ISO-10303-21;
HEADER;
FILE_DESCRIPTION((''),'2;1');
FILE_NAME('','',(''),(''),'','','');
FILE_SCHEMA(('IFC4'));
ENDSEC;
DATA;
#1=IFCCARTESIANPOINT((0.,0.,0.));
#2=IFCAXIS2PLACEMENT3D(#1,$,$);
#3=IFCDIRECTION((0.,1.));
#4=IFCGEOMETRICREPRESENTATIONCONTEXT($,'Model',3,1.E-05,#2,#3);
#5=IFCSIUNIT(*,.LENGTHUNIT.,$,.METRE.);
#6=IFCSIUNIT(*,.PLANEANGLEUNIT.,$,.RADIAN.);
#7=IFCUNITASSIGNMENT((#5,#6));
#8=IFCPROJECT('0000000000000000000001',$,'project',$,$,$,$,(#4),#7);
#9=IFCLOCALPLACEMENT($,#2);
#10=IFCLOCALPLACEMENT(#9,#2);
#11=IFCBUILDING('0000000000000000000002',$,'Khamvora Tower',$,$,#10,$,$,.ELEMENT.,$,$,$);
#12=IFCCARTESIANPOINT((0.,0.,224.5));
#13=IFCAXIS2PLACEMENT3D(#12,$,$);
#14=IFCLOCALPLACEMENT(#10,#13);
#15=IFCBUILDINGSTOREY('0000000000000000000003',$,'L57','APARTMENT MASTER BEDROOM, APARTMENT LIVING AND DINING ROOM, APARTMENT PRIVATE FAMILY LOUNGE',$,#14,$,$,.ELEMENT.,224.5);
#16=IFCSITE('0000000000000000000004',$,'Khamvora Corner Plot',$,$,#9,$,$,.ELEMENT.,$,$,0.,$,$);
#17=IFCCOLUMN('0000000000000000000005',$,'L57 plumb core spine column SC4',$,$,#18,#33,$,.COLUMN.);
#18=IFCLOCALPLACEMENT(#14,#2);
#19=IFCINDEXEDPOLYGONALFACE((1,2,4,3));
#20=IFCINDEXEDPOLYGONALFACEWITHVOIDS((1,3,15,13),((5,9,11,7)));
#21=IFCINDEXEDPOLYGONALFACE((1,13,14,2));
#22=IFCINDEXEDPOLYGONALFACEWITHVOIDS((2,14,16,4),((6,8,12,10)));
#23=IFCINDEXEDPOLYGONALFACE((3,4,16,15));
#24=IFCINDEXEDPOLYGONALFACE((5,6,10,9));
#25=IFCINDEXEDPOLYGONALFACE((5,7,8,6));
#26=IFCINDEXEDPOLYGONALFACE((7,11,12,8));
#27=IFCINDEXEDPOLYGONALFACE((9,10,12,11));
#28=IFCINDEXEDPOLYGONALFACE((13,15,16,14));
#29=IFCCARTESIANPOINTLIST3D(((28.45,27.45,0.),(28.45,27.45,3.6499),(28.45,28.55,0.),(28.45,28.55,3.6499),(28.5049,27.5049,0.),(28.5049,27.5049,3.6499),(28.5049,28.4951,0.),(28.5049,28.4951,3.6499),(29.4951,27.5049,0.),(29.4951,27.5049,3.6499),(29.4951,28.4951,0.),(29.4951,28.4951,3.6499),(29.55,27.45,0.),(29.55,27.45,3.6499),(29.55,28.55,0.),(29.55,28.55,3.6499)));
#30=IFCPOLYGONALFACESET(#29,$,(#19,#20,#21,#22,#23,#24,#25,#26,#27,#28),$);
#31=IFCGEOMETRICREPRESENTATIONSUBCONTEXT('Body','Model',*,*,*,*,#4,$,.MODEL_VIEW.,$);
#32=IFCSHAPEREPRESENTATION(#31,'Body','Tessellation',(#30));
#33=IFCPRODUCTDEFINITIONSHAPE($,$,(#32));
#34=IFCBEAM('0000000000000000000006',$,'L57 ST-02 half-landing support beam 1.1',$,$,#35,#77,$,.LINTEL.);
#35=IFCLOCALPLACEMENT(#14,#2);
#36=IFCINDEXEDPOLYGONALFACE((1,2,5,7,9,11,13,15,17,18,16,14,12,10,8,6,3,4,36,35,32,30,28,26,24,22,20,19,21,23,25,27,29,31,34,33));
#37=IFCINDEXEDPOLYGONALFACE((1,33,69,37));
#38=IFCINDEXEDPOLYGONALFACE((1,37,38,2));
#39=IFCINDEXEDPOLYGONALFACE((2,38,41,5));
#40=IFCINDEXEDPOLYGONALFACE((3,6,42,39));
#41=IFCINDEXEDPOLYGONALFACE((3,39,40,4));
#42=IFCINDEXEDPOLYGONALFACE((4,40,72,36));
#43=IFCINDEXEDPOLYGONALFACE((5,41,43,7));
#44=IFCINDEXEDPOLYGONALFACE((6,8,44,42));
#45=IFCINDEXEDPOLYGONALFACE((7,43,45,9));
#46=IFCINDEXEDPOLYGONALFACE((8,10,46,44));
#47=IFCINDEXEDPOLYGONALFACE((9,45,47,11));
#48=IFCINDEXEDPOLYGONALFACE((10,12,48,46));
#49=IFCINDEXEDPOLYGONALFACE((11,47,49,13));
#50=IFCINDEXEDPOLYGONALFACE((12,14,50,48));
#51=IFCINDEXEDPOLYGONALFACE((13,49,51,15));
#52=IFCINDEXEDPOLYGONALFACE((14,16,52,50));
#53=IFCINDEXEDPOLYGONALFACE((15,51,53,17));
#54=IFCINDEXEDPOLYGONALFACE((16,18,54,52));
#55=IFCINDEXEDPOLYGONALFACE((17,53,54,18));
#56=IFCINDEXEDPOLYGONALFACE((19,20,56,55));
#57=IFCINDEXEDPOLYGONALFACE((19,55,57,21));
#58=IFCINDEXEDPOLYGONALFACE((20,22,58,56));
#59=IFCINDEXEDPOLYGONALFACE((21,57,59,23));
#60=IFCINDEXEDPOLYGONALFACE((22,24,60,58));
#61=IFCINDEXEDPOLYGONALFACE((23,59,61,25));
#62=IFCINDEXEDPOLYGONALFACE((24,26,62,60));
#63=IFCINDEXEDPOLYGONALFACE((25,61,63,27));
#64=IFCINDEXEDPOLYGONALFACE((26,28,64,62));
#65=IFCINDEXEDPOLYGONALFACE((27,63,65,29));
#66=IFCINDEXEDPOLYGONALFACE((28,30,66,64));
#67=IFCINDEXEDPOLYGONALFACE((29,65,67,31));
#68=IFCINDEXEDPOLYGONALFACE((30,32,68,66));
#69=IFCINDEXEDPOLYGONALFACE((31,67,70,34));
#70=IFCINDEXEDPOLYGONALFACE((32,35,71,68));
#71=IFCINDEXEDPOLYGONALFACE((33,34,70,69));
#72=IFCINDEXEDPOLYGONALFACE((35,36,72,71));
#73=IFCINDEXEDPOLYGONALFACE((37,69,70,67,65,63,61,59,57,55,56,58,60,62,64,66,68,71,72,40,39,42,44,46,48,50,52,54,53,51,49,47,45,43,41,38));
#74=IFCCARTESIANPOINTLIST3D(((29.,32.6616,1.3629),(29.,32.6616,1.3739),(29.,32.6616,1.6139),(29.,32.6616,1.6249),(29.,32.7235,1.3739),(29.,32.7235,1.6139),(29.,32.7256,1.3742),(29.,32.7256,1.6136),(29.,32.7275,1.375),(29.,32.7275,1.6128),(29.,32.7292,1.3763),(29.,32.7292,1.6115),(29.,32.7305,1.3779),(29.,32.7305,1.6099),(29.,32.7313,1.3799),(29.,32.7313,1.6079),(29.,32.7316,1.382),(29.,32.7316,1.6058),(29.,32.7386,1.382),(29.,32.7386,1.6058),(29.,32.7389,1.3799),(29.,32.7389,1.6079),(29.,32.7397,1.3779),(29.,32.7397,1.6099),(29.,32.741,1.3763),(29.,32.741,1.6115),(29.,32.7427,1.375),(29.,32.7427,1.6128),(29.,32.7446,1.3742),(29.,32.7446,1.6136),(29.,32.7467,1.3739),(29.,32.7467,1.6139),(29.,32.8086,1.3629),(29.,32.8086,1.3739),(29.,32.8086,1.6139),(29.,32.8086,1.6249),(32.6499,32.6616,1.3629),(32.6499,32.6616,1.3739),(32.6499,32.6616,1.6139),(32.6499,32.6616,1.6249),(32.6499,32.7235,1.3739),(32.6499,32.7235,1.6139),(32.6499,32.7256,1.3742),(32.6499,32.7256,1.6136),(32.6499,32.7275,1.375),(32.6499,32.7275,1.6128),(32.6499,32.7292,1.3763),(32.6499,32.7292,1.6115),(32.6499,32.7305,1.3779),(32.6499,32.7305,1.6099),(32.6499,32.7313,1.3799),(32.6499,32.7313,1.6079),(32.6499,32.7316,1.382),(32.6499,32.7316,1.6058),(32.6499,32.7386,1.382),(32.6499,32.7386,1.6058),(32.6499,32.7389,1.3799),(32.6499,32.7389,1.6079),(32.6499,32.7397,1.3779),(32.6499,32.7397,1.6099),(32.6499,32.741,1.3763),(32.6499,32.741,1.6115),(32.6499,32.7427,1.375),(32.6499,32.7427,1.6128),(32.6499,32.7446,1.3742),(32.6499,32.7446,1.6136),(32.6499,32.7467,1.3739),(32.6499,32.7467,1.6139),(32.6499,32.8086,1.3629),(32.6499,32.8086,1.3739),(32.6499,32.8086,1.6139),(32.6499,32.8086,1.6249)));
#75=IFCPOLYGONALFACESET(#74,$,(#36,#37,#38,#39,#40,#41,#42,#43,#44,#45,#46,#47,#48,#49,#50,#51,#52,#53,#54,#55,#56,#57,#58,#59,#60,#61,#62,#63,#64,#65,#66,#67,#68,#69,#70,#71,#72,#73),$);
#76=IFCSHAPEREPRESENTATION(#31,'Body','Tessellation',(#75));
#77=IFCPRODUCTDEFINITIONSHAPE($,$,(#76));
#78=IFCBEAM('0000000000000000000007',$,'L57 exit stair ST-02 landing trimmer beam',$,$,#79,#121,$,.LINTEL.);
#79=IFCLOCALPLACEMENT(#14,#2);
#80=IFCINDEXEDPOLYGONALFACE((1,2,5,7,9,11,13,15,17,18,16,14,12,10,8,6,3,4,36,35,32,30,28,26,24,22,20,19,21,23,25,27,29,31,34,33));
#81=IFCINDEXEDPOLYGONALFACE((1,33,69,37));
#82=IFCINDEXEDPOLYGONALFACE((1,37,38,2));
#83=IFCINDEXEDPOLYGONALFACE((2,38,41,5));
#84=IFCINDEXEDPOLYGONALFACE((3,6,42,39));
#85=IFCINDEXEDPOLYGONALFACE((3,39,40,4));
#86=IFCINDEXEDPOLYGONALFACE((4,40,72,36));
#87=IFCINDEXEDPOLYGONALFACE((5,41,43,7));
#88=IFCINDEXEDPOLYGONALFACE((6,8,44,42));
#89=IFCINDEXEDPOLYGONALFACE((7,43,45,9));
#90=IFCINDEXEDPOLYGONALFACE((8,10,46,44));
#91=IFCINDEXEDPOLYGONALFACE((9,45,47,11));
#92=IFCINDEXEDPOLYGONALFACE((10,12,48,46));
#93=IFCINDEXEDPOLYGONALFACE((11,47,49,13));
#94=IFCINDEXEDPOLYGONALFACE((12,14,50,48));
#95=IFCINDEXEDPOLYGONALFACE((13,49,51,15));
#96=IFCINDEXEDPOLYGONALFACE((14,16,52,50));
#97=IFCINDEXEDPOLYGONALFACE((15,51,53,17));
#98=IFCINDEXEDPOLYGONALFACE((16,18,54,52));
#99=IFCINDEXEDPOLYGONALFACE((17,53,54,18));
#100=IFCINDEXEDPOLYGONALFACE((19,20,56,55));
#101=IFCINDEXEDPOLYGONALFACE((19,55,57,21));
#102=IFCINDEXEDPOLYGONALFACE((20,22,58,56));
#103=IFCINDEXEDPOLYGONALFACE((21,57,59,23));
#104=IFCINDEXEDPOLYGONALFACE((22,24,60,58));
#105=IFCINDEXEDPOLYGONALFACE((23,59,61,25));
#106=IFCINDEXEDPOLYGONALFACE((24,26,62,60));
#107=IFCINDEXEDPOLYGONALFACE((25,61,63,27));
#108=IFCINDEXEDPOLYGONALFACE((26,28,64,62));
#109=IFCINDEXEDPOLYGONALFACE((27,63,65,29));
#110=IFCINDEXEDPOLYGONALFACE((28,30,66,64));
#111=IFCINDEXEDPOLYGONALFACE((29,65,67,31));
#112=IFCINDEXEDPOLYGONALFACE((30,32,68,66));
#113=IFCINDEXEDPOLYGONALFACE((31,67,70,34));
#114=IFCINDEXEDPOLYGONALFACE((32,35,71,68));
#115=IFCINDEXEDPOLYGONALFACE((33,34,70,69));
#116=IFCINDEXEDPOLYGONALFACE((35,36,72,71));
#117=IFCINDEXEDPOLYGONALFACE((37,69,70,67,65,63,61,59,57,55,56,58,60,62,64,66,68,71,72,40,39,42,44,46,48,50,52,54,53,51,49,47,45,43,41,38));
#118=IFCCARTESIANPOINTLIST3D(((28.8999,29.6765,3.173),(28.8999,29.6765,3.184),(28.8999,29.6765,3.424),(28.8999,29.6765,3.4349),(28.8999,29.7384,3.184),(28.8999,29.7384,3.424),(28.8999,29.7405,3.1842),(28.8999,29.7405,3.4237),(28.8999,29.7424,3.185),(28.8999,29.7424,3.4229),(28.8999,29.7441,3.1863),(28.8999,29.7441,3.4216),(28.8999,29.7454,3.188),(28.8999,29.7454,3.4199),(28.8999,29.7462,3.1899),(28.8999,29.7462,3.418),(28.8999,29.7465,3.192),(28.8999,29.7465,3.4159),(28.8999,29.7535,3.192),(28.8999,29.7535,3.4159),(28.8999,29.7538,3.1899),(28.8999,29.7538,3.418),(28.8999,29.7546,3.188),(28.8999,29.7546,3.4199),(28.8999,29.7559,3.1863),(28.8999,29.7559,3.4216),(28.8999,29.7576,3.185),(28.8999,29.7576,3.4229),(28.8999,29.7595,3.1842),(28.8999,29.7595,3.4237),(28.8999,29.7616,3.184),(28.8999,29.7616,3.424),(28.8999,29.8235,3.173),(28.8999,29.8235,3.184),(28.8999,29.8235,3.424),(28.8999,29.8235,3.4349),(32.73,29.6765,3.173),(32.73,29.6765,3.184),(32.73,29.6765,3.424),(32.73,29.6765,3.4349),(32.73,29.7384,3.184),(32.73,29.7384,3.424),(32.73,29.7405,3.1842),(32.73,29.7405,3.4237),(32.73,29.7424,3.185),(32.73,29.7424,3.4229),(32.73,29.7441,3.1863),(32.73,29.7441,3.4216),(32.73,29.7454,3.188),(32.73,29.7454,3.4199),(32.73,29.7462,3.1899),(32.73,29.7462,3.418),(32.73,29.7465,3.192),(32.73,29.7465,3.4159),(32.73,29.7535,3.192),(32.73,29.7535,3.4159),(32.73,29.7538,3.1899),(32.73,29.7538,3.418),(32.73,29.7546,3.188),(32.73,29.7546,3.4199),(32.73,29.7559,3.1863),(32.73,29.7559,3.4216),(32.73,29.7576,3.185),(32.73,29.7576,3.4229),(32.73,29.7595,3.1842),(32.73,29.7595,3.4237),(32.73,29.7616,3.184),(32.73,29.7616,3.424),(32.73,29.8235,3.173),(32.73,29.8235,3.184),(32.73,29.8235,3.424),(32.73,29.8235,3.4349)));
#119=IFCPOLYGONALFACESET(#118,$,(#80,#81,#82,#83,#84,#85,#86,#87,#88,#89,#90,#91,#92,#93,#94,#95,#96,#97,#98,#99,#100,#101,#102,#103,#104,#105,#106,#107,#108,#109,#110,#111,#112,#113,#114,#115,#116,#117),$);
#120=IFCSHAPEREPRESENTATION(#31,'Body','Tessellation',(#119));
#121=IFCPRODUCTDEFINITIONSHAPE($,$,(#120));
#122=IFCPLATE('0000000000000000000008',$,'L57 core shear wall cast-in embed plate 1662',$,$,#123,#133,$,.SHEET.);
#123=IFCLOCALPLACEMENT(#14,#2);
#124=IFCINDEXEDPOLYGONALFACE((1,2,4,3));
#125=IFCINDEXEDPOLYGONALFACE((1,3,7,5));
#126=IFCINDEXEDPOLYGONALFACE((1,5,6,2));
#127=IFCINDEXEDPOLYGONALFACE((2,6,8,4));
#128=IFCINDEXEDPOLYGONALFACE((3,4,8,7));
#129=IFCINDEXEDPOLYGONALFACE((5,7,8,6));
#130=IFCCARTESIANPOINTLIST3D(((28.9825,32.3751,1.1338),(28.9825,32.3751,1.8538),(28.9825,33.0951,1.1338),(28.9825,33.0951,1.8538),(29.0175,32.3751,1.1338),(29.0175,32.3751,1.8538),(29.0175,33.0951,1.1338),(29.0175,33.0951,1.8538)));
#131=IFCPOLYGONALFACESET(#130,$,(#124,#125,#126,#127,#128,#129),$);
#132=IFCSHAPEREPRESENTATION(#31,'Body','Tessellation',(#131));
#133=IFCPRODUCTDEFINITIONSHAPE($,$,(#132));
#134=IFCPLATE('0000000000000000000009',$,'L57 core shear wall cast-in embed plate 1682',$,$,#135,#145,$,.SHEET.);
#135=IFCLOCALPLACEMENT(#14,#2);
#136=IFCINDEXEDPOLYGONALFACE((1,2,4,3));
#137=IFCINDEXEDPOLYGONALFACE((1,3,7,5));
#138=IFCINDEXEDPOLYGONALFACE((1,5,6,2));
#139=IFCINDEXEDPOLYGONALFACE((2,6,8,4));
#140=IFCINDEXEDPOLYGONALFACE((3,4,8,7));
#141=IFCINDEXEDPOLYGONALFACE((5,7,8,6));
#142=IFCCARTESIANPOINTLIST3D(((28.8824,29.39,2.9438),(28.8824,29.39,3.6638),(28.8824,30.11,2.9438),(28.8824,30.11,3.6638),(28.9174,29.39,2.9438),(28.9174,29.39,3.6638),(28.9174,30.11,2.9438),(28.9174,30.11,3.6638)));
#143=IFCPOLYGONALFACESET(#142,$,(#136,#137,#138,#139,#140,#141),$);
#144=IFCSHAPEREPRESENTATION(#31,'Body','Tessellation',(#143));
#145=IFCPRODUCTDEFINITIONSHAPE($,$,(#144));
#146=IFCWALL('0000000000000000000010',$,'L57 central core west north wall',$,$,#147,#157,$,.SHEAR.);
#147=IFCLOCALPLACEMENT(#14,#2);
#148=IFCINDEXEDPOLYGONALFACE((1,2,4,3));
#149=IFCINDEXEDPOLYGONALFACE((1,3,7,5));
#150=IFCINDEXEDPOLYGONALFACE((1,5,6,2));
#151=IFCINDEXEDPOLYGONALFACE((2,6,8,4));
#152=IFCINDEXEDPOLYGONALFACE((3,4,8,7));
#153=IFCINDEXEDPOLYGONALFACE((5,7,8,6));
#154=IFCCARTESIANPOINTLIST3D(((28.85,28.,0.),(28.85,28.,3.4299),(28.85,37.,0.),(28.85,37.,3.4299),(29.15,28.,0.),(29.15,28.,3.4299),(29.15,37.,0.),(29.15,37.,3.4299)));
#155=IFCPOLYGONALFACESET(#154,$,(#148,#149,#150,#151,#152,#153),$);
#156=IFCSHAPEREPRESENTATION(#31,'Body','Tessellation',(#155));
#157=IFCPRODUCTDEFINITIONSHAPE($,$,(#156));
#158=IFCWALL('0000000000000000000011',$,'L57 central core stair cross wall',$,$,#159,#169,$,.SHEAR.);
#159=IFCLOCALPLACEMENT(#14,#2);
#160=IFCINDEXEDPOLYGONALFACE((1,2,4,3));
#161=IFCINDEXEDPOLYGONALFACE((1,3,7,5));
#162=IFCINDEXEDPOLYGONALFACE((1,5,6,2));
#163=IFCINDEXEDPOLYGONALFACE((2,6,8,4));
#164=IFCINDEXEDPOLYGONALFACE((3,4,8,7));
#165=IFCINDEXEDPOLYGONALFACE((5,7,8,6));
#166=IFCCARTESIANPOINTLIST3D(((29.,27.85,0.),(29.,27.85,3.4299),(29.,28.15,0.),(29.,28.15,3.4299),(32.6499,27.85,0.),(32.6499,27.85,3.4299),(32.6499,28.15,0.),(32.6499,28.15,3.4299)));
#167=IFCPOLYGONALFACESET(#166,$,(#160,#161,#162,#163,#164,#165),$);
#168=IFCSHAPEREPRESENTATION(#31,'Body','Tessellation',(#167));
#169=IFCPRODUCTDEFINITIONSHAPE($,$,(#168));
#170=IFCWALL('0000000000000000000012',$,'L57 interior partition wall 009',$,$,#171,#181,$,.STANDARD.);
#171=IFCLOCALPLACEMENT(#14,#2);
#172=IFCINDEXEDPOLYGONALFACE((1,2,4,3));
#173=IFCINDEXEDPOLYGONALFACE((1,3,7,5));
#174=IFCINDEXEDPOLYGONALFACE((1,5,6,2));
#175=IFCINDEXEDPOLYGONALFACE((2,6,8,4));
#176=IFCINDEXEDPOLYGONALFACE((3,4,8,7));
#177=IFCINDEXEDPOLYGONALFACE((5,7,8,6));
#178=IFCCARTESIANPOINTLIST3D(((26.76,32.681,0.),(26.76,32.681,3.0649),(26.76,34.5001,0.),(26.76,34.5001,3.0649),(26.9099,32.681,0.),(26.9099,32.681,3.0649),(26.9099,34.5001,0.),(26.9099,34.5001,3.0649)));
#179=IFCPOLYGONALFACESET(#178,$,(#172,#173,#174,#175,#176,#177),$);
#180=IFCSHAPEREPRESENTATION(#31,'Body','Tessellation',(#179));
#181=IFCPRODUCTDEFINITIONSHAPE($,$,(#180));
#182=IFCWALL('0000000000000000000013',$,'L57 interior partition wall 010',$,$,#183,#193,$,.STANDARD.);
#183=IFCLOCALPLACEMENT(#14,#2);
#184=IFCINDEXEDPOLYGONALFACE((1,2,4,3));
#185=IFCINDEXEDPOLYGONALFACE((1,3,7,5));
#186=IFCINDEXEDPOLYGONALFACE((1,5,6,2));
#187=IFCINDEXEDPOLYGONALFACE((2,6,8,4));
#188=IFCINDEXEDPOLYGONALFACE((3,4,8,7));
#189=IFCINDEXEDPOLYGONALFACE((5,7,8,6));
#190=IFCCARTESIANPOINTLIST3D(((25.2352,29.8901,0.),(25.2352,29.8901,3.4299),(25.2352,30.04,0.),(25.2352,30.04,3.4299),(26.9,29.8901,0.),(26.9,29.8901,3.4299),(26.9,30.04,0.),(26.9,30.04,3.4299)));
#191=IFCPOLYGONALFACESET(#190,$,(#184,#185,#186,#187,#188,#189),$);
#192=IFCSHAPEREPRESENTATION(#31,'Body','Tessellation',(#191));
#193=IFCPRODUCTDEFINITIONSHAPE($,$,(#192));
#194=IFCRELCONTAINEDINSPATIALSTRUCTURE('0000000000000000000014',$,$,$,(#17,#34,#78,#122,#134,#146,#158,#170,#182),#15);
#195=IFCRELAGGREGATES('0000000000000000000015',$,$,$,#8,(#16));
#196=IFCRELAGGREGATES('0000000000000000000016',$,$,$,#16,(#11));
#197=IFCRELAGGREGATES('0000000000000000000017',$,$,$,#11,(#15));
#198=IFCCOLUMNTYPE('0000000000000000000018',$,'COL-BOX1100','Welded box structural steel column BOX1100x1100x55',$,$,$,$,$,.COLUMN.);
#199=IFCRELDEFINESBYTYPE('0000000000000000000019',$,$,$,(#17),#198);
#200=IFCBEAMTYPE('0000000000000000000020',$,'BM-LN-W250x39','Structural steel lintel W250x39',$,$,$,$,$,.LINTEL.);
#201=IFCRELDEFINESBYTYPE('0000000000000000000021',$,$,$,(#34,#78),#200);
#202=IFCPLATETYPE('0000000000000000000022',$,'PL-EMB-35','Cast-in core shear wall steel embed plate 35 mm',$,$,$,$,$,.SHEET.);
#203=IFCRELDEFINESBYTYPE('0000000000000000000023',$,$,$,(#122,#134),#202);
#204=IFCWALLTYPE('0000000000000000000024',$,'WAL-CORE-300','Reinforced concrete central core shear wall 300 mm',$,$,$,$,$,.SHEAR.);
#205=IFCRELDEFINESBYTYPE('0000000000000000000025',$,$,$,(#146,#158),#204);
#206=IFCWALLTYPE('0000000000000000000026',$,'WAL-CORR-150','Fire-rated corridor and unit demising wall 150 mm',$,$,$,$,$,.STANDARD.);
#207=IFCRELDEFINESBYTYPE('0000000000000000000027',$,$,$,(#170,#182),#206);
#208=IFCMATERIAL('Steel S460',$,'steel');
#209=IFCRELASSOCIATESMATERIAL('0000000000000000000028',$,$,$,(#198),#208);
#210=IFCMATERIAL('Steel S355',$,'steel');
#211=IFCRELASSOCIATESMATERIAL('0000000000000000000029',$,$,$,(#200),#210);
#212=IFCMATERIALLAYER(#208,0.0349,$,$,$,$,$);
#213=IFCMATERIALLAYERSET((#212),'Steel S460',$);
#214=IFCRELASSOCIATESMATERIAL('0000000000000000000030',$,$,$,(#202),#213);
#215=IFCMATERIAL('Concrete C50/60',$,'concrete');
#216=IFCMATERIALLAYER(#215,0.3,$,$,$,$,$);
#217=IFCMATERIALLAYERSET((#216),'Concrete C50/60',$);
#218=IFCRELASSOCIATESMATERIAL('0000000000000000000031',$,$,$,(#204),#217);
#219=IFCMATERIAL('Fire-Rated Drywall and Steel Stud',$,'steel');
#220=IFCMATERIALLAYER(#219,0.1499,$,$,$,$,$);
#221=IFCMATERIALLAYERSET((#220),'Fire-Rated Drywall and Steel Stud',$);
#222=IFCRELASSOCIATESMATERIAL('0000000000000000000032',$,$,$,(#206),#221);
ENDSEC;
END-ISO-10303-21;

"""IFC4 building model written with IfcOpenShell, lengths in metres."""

from ifc_helpers import new_model, si_unit, direction, frame, frame_2d, origin, origin_2d, place, context, subcontext, project, spatial, rectangle, hollow_rectangle, i_section, extrude, material, layer, layer_set, material_profile, profile_set, type_object, element, save


model = new_model("IFC4")

# Units and contexts
model_context = context("Model", 3, precision=1e-05, world=origin(), true_north=direction((0.0, 1.0)))
body_context = subcontext(model_context, "Body", "Model", "MODEL_VIEW")
ifc_project = project(units=[si_unit("LENGTHUNIT", "METRE"), si_unit("PLANEANGLEUNIT", "RADIAN")], contexts=[model_context])

# Site, building, storey
site_placement = place(None, origin())
site = spatial("IfcSite", under=ifc_project, at=site_placement, Name="Khamvora Corner Plot", CompositionType="ELEMENT", RefElevation=0.0)
building_placement = place(site_placement, origin())
building = spatial("IfcBuilding", under=site, at=building_placement, Name="Khamvora Tower", CompositionType="ELEMENT")
storey_placement = place(building_placement, frame((0.0, 0.0, 224.5)))
storey = spatial("IfcBuildingStorey", under=building, at=storey_placement, Name="L57", Description="APARTMENT MASTER BEDROOM, APARTMENT LIVING AND DINING ROOM, APARTMENT PRIVATE FAMILY LOUNGE", CompositionType="ELEMENT", Elevation=224.5)

# Column
ifc_material_1 = material(Name="Steel S460", Category="steel")
ifc_material_profile_1 = material_profile(ifc_material_1, hollow_rectangle(XDim=1.1001, YDim=1.1001, WallThickness=0.0549, at=origin_2d()), Name="BOX1100x1100x55")
ifc_profile_set_1 = profile_set([ifc_material_profile_1], Name="Steel S460")
column_type = type_object("IfcColumnType", Name="COL-BOX1100", Description="Welded box structural steel column BOX1100x1100x55", PredefinedType="COLUMN", material=ifc_profile_set_1)
column_placement = place(storey_placement, frame((29.0, 28.0, 0.0), z_axis=(0.0, 0.0, 1.0), x_axis=(1.0, 0.0, 0.0)))
element("IfcColumn", 1, at=column_placement, inside=storey, type_object=column_type, Name="L57 plumb core spine column SC4", PredefinedType="COLUMN", context=body_context, shape_type="SweptSolid", body=[
    extrude(hollow_rectangle(XDim=1.1001, YDim=1.1001, WallThickness=0.0549, at=origin_2d()), origin(), (0.0, 0.0, 1.0), 3.6499),
])

# Beams
ifc_material_2 = material(Name="Steel S355", Category="steel")
ifc_material_profile_2 = material_profile(ifc_material_2, i_section(OverallWidth=0.147, OverallDepth=0.262, WebThickness=0.0071, FlangeThickness=0.011, FilletRadius=0.0081, at=origin_2d()), Name="W250x39")
ifc_profile_set_2 = profile_set([ifc_material_profile_2], Name="Steel S355")
beam_type = type_object("IfcBeamType", Name="BM-LN-W250x39", Description="Structural steel lintel W250x39", PredefinedType="LINTEL", material=ifc_profile_set_2)
beam_1_placement = place(storey_placement, frame((29.0, 32.7351, 1.4939), z_axis=(1.0, 0.0, 0.0), x_axis=(0.0, 1.0, 0.0)))
element("IfcBeam", 2, at=beam_1_placement, inside=storey, type_object=beam_type, Name="L57 ST-02 half-landing support beam 1.1", PredefinedType="LINTEL", context=body_context, shape_type="SweptSolid", body=[
    extrude(i_section(OverallWidth=0.147, OverallDepth=0.262, WebThickness=0.0071, FlangeThickness=0.011, FilletRadius=0.0081, at=origin_2d()), origin(), (0.0, 0.0, 1.0), 3.6499),
])
beam_2_placement = place(storey_placement, frame((28.8999, 29.75, 3.304), z_axis=(1.0, 0.0, 0.0), x_axis=(0.0, 1.0, 0.0)))
element("IfcBeam", 3, at=beam_2_placement, inside=storey, type_object=beam_type, Name="L57 exit stair ST-02 landing trimmer beam", PredefinedType="LINTEL", context=body_context, shape_type="SweptSolid", body=[
    extrude(i_section(OverallWidth=0.147, OverallDepth=0.262, WebThickness=0.0071, FlangeThickness=0.011, FilletRadius=0.0081, at=origin_2d()), origin(), (0.0, 0.0, 1.0), 3.8301),
])

# Plates
ifc_layer_1 = layer(ifc_material_1, 0.0349)
ifc_layer_set_1 = layer_set([ifc_layer_1], Name="Steel S460")
plate_type = type_object("IfcPlateType", Name="PL-EMB-35", Description="Cast-in core shear wall steel embed plate 35 mm", PredefinedType="SHEET", material=ifc_layer_set_1)
for number, where, z_axis, x_axis, name in (
    (4, (29.0, 32.7351, 1.1338), (0.0, 0.0, 1.0), (1.0, 0.0, 0.0), "L57 core shear wall cast-in embed plate 1662"),
    (5, (28.8999, 29.75, 2.9438), (0.0, 0.0, 1.0), (1.0, 0.0, 0.0), "L57 core shear wall cast-in embed plate 1682"),
):
    element("IfcPlate", number, at=place(storey_placement, frame(where, z_axis=z_axis, x_axis=x_axis)), inside=storey, type_object=plate_type, Name=name, PredefinedType="SHEET", context=body_context, shape_type="SweptSolid", body=[
        extrude(rectangle(XDim=0.0349, YDim=0.72, at=origin_2d()), origin(), (0.0, 0.0, 1.0), 0.72),
    ])

# Walls
ifc_material_3 = material(Name="Concrete C50/60", Category="concrete")
ifc_layer_2 = layer(ifc_material_3, 0.3)
ifc_layer_set_2 = layer_set([ifc_layer_2], Name="Concrete C50/60")
wall_type_1 = type_object("IfcWallType", Name="WAL-CORE-300", Description="Reinforced concrete central core shear wall 300 mm", PredefinedType="SHEAR", material=ifc_layer_set_2)
wall_1_placement = place(storey_placement, frame((29.0, 28.0, 0.0), z_axis=(0.0, 0.0, 1.0), x_axis=(0.0, 1.0, 0.0)))
element("IfcWall", 6, at=wall_1_placement, inside=storey, type_object=wall_type_1, Name="L57 central core west north wall", PredefinedType="SHEAR", context=body_context, shape_type="SweptSolid", body=[
    extrude(rectangle(XDim=9.0, YDim=0.3, at=frame_2d((4.5, 0.0))), origin(), (0.0, 0.0, 1.0), 3.4299),
])
wall_2_placement = place(storey_placement, frame((29.0, 28.0, 0.0), z_axis=(0.0, 0.0, 1.0), x_axis=(1.0, 0.0, 0.0)))
element("IfcWall", 7, at=wall_2_placement, inside=storey, type_object=wall_type_1, Name="L57 central core stair cross wall", PredefinedType="SHEAR", context=body_context, shape_type="SweptSolid", body=[
    extrude(rectangle(XDim=3.6499, YDim=0.3, at=frame_2d((1.825, 0.0))), origin(), (0.0, 0.0, 1.0), 3.4299),
])

# Shared definitions
ifc_material_4 = material(Name="Fire-Rated Drywall and Steel Stud", Category="steel")
ifc_layer_3 = layer(ifc_material_4, 0.1499)
ifc_layer_set_3 = layer_set([ifc_layer_3], Name="Fire-Rated Drywall and Steel Stud")
wall_type_2 = type_object("IfcWallType", Name="WAL-CORR-150", Description="Fire-rated corridor and unit demising wall 150 mm", PredefinedType="STANDARD", material=ifc_layer_set_3)

# Walls
wall_3_placement = place(storey_placement, frame((26.835, 32.6809, 0.0), z_axis=(0.0, 0.0, 1.0), x_axis=(0.0, 1.0, 0.0)))
element("IfcWall", 8, at=wall_3_placement, inside=storey, type_object=wall_type_2, Name="L57 interior partition wall 009", PredefinedType="STANDARD", context=body_context, shape_type="SweptSolid", body=[
    extrude(rectangle(XDim=1.8191, YDim=0.1499, at=frame_2d((0.9097, 0.0))), origin(), (0.0, 0.0, 1.0), 3.0649),
])
wall_4_placement = place(storey_placement, frame((25.2351, 29.9651, 0.0), z_axis=(0.0, 0.0, 1.0), x_axis=(1.0, 0.0, 0.0)))
element("IfcWall", 9, at=wall_4_placement, inside=storey, type_object=wall_type_2, Name="L57 interior partition wall 010", PredefinedType="STANDARD", context=body_context, shape_type="SweptSolid", body=[
    extrude(rectangle(XDim=1.6648, YDim=0.1499, at=frame_2d((0.8325, 0.0))), origin(), (0.0, 0.0, 1.0), 3.4299),
])

save(model, "model.ifc")
